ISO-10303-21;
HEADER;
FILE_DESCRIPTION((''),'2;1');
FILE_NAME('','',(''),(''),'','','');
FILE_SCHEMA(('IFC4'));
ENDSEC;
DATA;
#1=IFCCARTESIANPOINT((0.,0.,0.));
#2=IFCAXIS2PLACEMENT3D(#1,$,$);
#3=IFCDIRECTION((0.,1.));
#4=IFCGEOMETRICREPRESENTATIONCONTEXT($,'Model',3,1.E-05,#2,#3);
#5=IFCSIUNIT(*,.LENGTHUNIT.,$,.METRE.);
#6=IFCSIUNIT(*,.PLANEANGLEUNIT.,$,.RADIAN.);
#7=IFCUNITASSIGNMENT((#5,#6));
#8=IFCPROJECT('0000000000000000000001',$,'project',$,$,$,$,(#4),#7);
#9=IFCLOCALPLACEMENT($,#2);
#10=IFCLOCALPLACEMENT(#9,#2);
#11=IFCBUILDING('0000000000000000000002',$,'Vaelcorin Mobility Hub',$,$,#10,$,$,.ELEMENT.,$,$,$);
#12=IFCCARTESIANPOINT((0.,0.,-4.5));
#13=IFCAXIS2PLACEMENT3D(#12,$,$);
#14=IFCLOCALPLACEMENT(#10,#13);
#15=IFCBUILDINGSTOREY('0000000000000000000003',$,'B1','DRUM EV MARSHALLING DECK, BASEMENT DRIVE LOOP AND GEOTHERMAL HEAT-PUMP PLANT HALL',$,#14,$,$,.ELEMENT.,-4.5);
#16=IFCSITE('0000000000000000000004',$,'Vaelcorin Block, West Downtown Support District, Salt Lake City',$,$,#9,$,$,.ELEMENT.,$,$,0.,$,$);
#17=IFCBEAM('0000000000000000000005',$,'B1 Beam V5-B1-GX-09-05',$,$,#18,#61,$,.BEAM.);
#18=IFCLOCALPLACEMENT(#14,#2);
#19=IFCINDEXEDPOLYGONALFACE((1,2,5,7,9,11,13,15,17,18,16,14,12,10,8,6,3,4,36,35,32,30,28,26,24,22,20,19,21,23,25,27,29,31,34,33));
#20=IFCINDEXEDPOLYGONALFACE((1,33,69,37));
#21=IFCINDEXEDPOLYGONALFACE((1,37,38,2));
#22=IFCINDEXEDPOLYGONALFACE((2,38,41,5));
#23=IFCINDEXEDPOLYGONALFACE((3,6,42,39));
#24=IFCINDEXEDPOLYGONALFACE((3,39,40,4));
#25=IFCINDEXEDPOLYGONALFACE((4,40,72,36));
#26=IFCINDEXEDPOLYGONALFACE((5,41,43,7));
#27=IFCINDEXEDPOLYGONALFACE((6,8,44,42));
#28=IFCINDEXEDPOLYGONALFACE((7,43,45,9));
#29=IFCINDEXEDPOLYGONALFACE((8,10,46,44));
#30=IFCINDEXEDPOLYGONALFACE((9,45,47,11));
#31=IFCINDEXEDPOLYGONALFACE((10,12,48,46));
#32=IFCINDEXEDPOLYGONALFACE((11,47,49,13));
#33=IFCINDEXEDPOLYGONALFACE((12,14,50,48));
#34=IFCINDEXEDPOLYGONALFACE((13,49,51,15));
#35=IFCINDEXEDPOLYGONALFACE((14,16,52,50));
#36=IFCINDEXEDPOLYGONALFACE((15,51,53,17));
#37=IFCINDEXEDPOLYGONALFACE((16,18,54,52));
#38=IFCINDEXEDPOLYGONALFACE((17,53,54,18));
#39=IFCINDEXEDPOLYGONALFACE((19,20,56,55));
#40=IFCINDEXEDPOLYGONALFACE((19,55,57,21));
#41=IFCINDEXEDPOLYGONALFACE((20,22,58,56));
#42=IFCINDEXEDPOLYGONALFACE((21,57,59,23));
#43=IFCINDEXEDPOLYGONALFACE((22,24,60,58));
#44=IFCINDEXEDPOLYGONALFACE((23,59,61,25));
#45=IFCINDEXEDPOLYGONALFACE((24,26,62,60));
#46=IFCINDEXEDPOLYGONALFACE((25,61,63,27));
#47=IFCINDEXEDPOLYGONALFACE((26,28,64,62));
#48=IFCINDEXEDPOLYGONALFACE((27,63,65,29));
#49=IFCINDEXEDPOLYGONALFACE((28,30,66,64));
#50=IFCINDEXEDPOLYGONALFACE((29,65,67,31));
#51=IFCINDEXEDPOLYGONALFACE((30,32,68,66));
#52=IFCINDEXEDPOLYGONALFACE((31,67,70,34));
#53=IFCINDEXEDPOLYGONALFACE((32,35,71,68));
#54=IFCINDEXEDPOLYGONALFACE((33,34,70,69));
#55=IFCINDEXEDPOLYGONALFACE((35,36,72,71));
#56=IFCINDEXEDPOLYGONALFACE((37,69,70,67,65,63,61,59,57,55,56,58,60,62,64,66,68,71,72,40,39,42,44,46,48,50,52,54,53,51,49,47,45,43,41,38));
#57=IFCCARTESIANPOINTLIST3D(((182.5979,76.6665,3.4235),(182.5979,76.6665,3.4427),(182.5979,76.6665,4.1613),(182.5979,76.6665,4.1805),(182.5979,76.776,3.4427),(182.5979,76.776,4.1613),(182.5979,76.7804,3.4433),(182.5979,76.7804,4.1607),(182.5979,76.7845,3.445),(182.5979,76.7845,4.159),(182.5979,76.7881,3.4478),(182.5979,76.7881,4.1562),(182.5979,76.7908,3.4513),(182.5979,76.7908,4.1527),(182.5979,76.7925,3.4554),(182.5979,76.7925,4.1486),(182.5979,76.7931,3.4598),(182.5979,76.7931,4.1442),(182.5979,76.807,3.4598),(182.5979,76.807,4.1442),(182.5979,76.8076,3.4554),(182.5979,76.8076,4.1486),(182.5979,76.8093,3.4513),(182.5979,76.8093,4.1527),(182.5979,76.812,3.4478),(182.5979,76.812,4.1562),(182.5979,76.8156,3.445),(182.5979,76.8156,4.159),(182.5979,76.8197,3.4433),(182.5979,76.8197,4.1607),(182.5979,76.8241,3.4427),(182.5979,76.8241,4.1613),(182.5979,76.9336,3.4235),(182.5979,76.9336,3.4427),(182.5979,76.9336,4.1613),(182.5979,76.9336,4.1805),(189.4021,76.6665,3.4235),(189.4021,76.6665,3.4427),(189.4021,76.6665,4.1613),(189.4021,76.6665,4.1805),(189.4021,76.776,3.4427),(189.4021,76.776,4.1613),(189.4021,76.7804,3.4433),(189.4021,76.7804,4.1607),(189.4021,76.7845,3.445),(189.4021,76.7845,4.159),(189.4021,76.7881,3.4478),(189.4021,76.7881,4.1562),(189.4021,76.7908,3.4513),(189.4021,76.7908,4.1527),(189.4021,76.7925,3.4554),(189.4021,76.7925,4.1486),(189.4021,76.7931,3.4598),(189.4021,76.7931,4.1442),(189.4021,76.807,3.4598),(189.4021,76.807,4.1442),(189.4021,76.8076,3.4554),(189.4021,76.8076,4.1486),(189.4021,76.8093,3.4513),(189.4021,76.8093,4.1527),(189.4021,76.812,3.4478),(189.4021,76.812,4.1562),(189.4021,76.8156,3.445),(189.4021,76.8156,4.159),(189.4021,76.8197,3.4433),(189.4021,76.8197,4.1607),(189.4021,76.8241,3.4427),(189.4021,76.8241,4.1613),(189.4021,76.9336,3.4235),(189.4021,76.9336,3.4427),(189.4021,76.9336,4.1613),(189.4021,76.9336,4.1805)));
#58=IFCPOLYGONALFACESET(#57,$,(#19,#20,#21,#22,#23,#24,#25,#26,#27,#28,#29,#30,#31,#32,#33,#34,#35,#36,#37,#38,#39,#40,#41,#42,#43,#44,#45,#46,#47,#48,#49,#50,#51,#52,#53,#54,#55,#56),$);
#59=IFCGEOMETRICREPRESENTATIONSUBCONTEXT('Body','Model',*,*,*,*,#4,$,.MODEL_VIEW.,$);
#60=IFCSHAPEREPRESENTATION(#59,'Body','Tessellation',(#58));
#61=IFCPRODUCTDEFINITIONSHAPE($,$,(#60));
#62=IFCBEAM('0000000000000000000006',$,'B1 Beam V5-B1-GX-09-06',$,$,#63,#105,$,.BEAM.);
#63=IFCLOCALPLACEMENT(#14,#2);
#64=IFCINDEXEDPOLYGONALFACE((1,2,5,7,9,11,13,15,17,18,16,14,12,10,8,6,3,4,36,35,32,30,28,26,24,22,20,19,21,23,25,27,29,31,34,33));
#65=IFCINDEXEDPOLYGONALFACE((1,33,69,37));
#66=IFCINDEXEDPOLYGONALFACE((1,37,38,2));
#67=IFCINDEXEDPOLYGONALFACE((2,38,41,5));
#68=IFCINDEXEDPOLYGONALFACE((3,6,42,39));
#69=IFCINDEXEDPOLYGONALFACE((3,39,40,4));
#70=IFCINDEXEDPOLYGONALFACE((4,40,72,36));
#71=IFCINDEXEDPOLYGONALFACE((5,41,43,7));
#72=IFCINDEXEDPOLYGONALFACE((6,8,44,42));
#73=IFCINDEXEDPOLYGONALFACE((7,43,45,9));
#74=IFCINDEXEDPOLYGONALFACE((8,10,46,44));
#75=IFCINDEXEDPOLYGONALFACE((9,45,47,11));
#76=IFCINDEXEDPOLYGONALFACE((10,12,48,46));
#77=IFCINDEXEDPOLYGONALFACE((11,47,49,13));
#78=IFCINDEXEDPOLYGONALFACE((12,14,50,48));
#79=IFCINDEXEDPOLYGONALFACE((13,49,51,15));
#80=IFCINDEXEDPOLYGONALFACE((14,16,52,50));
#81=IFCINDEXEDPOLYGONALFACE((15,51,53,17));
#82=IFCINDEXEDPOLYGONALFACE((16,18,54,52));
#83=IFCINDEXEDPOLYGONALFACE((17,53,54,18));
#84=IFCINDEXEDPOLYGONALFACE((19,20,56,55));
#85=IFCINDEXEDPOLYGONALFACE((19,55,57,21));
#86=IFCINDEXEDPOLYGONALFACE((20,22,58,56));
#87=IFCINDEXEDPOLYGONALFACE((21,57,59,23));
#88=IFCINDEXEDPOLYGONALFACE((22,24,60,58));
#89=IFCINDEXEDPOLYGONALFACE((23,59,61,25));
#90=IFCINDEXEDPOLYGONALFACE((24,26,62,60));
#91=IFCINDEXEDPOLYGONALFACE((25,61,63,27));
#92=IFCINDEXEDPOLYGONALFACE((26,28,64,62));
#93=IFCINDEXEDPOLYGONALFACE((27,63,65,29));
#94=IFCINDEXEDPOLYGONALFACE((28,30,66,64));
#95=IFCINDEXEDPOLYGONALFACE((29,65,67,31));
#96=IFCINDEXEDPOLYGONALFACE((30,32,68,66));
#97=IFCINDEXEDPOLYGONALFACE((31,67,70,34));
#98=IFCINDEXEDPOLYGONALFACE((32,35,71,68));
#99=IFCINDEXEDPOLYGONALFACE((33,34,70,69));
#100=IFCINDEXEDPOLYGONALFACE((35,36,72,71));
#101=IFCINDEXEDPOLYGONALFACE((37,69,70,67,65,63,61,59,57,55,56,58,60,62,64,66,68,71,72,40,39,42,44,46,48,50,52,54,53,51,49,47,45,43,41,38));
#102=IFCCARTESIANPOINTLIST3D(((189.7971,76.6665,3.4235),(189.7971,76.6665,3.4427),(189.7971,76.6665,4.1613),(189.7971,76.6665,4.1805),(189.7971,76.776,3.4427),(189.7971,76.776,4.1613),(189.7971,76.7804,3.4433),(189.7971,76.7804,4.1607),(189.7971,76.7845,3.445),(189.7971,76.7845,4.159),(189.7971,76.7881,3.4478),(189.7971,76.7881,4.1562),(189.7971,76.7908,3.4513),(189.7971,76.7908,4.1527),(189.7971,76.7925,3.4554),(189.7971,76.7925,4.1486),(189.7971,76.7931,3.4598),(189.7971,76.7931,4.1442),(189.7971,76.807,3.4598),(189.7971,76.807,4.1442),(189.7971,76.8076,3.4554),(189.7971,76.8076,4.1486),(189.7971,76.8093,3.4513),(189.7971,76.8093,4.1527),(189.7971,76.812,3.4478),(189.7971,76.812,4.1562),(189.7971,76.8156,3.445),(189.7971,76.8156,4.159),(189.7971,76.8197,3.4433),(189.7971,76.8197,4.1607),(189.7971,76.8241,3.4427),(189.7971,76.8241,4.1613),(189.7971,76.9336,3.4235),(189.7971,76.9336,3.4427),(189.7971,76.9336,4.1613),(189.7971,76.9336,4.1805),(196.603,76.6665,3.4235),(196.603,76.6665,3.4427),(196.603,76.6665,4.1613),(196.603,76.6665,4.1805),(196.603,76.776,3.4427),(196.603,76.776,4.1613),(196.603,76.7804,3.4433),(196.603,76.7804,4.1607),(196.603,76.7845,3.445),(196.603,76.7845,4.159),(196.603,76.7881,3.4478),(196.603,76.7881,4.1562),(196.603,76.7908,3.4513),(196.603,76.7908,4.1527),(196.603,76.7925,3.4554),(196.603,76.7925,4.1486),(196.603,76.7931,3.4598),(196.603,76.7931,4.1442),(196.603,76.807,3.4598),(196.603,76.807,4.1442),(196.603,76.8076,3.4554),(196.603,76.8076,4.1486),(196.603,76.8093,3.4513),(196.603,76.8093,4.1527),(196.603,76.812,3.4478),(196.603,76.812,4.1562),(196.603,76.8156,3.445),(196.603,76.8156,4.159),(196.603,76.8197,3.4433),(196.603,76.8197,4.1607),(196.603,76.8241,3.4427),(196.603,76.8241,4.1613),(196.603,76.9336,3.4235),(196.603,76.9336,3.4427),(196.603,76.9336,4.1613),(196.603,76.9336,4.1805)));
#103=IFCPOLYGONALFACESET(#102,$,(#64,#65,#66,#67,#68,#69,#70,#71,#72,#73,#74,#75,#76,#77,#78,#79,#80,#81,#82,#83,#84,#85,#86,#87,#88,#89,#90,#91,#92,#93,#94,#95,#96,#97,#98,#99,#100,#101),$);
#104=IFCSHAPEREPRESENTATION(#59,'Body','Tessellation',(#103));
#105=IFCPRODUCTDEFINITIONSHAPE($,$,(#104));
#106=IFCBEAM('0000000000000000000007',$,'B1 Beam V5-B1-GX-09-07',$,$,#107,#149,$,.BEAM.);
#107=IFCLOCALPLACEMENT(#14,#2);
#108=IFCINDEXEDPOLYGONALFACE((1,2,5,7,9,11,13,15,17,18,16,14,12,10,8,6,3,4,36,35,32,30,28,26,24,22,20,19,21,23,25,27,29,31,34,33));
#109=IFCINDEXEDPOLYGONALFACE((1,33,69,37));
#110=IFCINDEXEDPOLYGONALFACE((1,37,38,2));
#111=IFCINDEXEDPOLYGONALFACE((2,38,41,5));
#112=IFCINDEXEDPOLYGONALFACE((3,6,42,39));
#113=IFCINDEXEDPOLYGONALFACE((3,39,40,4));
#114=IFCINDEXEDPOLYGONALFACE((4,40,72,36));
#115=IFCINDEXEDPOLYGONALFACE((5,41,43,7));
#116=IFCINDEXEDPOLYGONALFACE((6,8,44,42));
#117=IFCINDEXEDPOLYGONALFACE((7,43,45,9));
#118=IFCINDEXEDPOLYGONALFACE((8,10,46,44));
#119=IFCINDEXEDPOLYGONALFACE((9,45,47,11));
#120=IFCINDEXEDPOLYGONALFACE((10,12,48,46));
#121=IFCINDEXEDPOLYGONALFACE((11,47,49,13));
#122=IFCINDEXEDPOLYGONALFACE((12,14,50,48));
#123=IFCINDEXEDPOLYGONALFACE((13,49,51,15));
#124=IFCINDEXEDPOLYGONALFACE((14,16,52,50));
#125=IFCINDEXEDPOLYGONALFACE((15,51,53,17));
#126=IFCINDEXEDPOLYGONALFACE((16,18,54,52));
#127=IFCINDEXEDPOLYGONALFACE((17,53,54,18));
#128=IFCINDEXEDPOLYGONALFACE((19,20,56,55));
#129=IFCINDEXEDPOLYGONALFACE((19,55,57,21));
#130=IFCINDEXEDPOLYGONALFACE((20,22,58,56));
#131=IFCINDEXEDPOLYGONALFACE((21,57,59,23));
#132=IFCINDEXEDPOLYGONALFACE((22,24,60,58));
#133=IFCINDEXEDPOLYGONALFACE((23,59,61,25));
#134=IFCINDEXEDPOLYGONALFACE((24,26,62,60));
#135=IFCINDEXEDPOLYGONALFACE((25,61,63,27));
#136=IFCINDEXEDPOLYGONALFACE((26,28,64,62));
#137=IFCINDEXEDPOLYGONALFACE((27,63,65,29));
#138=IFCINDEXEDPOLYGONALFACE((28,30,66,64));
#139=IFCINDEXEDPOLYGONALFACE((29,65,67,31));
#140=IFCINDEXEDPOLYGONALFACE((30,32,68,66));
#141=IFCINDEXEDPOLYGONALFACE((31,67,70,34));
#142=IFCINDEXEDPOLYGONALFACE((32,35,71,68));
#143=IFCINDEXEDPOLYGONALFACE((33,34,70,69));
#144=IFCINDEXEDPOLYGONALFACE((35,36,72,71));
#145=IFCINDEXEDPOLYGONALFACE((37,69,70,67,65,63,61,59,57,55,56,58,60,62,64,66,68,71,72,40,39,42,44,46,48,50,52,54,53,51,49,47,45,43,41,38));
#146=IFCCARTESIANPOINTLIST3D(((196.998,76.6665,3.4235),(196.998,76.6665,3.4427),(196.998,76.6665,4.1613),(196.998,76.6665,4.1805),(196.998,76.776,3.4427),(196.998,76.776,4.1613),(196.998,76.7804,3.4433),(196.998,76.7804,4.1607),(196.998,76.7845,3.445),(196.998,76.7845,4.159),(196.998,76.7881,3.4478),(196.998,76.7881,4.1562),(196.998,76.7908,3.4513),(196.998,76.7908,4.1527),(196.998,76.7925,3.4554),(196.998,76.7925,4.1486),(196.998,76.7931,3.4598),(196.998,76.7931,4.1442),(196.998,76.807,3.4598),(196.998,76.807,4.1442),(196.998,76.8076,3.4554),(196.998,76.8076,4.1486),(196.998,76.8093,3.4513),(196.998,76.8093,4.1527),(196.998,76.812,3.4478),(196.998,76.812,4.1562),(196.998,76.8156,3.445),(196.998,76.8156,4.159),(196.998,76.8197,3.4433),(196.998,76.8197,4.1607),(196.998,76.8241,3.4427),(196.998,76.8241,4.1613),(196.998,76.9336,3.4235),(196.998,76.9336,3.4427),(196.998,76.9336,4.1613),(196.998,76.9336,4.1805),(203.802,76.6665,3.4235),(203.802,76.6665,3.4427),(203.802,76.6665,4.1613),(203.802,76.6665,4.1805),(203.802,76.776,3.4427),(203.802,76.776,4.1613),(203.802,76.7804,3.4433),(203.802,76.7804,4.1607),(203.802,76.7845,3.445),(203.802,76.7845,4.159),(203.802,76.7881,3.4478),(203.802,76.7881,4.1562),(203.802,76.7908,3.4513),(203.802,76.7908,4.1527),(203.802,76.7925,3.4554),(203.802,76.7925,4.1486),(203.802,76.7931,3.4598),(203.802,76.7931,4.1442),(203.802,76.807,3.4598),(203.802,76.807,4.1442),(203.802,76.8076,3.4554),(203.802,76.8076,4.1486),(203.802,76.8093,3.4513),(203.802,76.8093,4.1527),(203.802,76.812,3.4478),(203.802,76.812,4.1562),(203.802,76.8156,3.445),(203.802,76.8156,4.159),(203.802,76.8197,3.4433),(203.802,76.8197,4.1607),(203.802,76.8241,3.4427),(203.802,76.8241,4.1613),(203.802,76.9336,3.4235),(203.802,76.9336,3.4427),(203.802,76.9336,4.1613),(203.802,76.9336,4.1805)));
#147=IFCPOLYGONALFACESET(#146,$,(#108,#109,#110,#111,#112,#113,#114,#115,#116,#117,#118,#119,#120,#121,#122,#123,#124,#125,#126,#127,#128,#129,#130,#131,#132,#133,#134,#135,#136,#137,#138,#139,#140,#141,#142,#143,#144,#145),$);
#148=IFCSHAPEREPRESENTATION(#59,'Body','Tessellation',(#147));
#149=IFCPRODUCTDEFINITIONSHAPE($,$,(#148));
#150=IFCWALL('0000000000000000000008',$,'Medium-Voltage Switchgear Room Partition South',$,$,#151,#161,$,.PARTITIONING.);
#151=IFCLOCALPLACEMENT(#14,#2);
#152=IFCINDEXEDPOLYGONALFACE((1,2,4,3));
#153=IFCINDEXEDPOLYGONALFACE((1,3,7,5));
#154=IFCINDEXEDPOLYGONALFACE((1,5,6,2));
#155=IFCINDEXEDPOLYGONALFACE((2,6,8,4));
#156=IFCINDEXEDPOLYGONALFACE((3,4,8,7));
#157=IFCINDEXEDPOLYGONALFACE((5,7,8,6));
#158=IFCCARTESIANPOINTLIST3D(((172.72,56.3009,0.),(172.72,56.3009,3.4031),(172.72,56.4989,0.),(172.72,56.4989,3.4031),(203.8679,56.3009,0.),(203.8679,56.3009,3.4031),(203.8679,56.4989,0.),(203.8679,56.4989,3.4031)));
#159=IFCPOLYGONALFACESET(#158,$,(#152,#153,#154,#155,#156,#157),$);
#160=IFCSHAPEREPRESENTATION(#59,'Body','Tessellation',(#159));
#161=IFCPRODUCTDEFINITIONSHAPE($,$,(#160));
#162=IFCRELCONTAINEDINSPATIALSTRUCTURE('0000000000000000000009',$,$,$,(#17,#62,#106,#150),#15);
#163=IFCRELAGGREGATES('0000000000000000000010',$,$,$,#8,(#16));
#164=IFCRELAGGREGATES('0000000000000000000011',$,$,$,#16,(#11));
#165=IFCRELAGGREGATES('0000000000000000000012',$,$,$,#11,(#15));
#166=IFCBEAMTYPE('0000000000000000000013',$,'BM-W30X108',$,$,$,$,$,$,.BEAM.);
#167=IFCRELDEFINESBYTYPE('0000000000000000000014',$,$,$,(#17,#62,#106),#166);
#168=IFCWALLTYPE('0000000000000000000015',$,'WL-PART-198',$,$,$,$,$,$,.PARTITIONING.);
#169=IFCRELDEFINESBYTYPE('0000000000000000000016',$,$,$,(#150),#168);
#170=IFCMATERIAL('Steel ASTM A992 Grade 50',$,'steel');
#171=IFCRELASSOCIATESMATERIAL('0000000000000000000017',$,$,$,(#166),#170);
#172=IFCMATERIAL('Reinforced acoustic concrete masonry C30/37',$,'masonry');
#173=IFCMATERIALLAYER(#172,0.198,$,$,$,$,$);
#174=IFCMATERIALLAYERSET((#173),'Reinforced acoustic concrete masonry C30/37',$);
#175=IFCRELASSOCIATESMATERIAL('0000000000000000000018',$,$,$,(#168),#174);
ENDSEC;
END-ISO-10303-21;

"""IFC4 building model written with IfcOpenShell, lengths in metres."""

from ifc_helpers import new_model, si_unit, direction, frame, frame_2d, origin, origin_2d, place, context, subcontext, project, spatial, rectangle, i_section, extrude, material, layer, layer_set, material_profile, profile_set, type_object, element, save


model = new_model("IFC4")

# Units and contexts
model_context = context("Model", 3, precision=1e-05, world=origin(), true_north=direction((0.0, 1.0)))
body_context = subcontext(model_context, "Body", "Model", "MODEL_VIEW")
ifc_project = project(units=[si_unit("LENGTHUNIT", "METRE"), si_unit("PLANEANGLEUNIT", "RADIAN")], contexts=[model_context])

# Site, building, storey
site_placement = place(None, origin())
site = spatial("IfcSite", under=ifc_project, at=site_placement, Name="Vaelcorin Block, West Downtown Support District, Salt Lake City", CompositionType="ELEMENT", RefElevation=0.0)
building_placement = place(site_placement, origin())
building = spatial("IfcBuilding", under=site, at=building_placement, Name="Vaelcorin Mobility Hub", CompositionType="ELEMENT")
storey_placement = place(building_placement, frame((0.0, 0.0, -4.5)))
storey = spatial("IfcBuildingStorey", under=building, at=storey_placement, Name="B1", Description="DRUM EV MARSHALLING DECK, BASEMENT DRIVE LOOP AND GEOTHERMAL HEAT-PUMP PLANT HALL", CompositionType="ELEMENT", Elevation=-4.5)

# Shared definitions
ifc_material_1 = material(Name="Steel ASTM A992 Grade 50", Category="steel")

# Beams
ifc_material_profile_1 = material_profile(ifc_material_1, i_section(OverallWidth=0.2671, OverallDepth=0.7571, WebThickness=0.0139, FlangeThickness=0.0193, FilletRadius=0.0171, at=origin_2d()), Name="W30X108")
ifc_profile_set_1 = profile_set([ifc_material_profile_1], Name="Steel ASTM A992 Grade 50")
beam_type_1 = type_object("IfcBeamType", Name="BM-W30X108", PredefinedType="BEAM", material=ifc_profile_set_1)
beam_1_placement = place(storey_placement, frame((182.5979, 76.8, 3.802), z_axis=(1.0, 0.0, 0.0), x_axis=(0.0, 1.0, 0.0)))
element("IfcBeam", 1, at=beam_1_placement, inside=storey, type_object=beam_type_1, Name="B1 Beam V5-B1-GX-09-05", PredefinedType="BEAM", context=body_context, shape_type="SweptSolid", body=[
    extrude(i_section(OverallWidth=0.2671, OverallDepth=0.7571, WebThickness=0.0139, FlangeThickness=0.0193, FilletRadius=0.0171, at=origin_2d()), origin(), (0.0, 0.0, 1.0), 6.8042),
])
beam_2_placement = place(storey_placement, frame((189.7971, 76.8, 3.802), z_axis=(1.0, 0.0, 0.0), x_axis=(0.0, 1.0, 0.0)))
element("IfcBeam", 2, at=beam_2_placement, inside=storey, type_object=beam_type_1, Name="B1 Beam V5-B1-GX-09-06", PredefinedType="BEAM", context=body_context, shape_type="SweptSolid", body=[
    extrude(i_section(OverallWidth=0.2671, OverallDepth=0.7571, WebThickness=0.0139, FlangeThickness=0.0193, FilletRadius=0.0171, at=origin_2d()), origin(), (0.0, 0.0, 1.0), 6.8059),
])
beam_3_placement = place(storey_placement, frame((196.998, 76.8, 3.802), z_axis=(1.0, 0.0, 0.0), x_axis=(0.0, 1.0, 0.0)))
element("IfcBeam", 3, at=beam_3_placement, inside=storey, type_object=beam_type_1, Name="B1 Beam V5-B1-GX-09-07", PredefinedType="BEAM", context=body_context, shape_type="SweptSolid", body=[
    extrude(i_section(OverallWidth=0.2671, OverallDepth=0.7571, WebThickness=0.0139, FlangeThickness=0.0193, FilletRadius=0.0171, at=origin_2d()), origin(), (0.0, 0.0, 1.0), 6.804),
])

# Wall
ifc_material_2 = material(Name="Reinforced acoustic concrete masonry C30/37", Category="masonry")
ifc_layer = layer(ifc_material_2, 0.198)
ifc_layer_set = layer_set([ifc_layer], Name="Reinforced acoustic concrete masonry C30/37")
wall_type = type_object("IfcWallType", Name="WL-PART-198", PredefinedType="PARTITIONING", material=ifc_layer_set)
wall_placement = place(storey_placement, frame((203.8679, 56.3999, 0.0), z_axis=(0.0, 0.0, 1.0), x_axis=(-1.0, 0.0, 0.0)))
element("IfcWall", 4, at=wall_placement, inside=storey, type_object=wall_type, Name="Medium-Voltage Switchgear Room Partition South", PredefinedType="PARTITIONING", context=body_context, shape_type="SweptSolid", body=[
    extrude(rectangle(XDim=31.1479, YDim=0.198, at=frame_2d((15.574, 0.0))), origin(), (0.0, 0.0, 1.0), 3.4031),
])

save(model, "model.ifc")
